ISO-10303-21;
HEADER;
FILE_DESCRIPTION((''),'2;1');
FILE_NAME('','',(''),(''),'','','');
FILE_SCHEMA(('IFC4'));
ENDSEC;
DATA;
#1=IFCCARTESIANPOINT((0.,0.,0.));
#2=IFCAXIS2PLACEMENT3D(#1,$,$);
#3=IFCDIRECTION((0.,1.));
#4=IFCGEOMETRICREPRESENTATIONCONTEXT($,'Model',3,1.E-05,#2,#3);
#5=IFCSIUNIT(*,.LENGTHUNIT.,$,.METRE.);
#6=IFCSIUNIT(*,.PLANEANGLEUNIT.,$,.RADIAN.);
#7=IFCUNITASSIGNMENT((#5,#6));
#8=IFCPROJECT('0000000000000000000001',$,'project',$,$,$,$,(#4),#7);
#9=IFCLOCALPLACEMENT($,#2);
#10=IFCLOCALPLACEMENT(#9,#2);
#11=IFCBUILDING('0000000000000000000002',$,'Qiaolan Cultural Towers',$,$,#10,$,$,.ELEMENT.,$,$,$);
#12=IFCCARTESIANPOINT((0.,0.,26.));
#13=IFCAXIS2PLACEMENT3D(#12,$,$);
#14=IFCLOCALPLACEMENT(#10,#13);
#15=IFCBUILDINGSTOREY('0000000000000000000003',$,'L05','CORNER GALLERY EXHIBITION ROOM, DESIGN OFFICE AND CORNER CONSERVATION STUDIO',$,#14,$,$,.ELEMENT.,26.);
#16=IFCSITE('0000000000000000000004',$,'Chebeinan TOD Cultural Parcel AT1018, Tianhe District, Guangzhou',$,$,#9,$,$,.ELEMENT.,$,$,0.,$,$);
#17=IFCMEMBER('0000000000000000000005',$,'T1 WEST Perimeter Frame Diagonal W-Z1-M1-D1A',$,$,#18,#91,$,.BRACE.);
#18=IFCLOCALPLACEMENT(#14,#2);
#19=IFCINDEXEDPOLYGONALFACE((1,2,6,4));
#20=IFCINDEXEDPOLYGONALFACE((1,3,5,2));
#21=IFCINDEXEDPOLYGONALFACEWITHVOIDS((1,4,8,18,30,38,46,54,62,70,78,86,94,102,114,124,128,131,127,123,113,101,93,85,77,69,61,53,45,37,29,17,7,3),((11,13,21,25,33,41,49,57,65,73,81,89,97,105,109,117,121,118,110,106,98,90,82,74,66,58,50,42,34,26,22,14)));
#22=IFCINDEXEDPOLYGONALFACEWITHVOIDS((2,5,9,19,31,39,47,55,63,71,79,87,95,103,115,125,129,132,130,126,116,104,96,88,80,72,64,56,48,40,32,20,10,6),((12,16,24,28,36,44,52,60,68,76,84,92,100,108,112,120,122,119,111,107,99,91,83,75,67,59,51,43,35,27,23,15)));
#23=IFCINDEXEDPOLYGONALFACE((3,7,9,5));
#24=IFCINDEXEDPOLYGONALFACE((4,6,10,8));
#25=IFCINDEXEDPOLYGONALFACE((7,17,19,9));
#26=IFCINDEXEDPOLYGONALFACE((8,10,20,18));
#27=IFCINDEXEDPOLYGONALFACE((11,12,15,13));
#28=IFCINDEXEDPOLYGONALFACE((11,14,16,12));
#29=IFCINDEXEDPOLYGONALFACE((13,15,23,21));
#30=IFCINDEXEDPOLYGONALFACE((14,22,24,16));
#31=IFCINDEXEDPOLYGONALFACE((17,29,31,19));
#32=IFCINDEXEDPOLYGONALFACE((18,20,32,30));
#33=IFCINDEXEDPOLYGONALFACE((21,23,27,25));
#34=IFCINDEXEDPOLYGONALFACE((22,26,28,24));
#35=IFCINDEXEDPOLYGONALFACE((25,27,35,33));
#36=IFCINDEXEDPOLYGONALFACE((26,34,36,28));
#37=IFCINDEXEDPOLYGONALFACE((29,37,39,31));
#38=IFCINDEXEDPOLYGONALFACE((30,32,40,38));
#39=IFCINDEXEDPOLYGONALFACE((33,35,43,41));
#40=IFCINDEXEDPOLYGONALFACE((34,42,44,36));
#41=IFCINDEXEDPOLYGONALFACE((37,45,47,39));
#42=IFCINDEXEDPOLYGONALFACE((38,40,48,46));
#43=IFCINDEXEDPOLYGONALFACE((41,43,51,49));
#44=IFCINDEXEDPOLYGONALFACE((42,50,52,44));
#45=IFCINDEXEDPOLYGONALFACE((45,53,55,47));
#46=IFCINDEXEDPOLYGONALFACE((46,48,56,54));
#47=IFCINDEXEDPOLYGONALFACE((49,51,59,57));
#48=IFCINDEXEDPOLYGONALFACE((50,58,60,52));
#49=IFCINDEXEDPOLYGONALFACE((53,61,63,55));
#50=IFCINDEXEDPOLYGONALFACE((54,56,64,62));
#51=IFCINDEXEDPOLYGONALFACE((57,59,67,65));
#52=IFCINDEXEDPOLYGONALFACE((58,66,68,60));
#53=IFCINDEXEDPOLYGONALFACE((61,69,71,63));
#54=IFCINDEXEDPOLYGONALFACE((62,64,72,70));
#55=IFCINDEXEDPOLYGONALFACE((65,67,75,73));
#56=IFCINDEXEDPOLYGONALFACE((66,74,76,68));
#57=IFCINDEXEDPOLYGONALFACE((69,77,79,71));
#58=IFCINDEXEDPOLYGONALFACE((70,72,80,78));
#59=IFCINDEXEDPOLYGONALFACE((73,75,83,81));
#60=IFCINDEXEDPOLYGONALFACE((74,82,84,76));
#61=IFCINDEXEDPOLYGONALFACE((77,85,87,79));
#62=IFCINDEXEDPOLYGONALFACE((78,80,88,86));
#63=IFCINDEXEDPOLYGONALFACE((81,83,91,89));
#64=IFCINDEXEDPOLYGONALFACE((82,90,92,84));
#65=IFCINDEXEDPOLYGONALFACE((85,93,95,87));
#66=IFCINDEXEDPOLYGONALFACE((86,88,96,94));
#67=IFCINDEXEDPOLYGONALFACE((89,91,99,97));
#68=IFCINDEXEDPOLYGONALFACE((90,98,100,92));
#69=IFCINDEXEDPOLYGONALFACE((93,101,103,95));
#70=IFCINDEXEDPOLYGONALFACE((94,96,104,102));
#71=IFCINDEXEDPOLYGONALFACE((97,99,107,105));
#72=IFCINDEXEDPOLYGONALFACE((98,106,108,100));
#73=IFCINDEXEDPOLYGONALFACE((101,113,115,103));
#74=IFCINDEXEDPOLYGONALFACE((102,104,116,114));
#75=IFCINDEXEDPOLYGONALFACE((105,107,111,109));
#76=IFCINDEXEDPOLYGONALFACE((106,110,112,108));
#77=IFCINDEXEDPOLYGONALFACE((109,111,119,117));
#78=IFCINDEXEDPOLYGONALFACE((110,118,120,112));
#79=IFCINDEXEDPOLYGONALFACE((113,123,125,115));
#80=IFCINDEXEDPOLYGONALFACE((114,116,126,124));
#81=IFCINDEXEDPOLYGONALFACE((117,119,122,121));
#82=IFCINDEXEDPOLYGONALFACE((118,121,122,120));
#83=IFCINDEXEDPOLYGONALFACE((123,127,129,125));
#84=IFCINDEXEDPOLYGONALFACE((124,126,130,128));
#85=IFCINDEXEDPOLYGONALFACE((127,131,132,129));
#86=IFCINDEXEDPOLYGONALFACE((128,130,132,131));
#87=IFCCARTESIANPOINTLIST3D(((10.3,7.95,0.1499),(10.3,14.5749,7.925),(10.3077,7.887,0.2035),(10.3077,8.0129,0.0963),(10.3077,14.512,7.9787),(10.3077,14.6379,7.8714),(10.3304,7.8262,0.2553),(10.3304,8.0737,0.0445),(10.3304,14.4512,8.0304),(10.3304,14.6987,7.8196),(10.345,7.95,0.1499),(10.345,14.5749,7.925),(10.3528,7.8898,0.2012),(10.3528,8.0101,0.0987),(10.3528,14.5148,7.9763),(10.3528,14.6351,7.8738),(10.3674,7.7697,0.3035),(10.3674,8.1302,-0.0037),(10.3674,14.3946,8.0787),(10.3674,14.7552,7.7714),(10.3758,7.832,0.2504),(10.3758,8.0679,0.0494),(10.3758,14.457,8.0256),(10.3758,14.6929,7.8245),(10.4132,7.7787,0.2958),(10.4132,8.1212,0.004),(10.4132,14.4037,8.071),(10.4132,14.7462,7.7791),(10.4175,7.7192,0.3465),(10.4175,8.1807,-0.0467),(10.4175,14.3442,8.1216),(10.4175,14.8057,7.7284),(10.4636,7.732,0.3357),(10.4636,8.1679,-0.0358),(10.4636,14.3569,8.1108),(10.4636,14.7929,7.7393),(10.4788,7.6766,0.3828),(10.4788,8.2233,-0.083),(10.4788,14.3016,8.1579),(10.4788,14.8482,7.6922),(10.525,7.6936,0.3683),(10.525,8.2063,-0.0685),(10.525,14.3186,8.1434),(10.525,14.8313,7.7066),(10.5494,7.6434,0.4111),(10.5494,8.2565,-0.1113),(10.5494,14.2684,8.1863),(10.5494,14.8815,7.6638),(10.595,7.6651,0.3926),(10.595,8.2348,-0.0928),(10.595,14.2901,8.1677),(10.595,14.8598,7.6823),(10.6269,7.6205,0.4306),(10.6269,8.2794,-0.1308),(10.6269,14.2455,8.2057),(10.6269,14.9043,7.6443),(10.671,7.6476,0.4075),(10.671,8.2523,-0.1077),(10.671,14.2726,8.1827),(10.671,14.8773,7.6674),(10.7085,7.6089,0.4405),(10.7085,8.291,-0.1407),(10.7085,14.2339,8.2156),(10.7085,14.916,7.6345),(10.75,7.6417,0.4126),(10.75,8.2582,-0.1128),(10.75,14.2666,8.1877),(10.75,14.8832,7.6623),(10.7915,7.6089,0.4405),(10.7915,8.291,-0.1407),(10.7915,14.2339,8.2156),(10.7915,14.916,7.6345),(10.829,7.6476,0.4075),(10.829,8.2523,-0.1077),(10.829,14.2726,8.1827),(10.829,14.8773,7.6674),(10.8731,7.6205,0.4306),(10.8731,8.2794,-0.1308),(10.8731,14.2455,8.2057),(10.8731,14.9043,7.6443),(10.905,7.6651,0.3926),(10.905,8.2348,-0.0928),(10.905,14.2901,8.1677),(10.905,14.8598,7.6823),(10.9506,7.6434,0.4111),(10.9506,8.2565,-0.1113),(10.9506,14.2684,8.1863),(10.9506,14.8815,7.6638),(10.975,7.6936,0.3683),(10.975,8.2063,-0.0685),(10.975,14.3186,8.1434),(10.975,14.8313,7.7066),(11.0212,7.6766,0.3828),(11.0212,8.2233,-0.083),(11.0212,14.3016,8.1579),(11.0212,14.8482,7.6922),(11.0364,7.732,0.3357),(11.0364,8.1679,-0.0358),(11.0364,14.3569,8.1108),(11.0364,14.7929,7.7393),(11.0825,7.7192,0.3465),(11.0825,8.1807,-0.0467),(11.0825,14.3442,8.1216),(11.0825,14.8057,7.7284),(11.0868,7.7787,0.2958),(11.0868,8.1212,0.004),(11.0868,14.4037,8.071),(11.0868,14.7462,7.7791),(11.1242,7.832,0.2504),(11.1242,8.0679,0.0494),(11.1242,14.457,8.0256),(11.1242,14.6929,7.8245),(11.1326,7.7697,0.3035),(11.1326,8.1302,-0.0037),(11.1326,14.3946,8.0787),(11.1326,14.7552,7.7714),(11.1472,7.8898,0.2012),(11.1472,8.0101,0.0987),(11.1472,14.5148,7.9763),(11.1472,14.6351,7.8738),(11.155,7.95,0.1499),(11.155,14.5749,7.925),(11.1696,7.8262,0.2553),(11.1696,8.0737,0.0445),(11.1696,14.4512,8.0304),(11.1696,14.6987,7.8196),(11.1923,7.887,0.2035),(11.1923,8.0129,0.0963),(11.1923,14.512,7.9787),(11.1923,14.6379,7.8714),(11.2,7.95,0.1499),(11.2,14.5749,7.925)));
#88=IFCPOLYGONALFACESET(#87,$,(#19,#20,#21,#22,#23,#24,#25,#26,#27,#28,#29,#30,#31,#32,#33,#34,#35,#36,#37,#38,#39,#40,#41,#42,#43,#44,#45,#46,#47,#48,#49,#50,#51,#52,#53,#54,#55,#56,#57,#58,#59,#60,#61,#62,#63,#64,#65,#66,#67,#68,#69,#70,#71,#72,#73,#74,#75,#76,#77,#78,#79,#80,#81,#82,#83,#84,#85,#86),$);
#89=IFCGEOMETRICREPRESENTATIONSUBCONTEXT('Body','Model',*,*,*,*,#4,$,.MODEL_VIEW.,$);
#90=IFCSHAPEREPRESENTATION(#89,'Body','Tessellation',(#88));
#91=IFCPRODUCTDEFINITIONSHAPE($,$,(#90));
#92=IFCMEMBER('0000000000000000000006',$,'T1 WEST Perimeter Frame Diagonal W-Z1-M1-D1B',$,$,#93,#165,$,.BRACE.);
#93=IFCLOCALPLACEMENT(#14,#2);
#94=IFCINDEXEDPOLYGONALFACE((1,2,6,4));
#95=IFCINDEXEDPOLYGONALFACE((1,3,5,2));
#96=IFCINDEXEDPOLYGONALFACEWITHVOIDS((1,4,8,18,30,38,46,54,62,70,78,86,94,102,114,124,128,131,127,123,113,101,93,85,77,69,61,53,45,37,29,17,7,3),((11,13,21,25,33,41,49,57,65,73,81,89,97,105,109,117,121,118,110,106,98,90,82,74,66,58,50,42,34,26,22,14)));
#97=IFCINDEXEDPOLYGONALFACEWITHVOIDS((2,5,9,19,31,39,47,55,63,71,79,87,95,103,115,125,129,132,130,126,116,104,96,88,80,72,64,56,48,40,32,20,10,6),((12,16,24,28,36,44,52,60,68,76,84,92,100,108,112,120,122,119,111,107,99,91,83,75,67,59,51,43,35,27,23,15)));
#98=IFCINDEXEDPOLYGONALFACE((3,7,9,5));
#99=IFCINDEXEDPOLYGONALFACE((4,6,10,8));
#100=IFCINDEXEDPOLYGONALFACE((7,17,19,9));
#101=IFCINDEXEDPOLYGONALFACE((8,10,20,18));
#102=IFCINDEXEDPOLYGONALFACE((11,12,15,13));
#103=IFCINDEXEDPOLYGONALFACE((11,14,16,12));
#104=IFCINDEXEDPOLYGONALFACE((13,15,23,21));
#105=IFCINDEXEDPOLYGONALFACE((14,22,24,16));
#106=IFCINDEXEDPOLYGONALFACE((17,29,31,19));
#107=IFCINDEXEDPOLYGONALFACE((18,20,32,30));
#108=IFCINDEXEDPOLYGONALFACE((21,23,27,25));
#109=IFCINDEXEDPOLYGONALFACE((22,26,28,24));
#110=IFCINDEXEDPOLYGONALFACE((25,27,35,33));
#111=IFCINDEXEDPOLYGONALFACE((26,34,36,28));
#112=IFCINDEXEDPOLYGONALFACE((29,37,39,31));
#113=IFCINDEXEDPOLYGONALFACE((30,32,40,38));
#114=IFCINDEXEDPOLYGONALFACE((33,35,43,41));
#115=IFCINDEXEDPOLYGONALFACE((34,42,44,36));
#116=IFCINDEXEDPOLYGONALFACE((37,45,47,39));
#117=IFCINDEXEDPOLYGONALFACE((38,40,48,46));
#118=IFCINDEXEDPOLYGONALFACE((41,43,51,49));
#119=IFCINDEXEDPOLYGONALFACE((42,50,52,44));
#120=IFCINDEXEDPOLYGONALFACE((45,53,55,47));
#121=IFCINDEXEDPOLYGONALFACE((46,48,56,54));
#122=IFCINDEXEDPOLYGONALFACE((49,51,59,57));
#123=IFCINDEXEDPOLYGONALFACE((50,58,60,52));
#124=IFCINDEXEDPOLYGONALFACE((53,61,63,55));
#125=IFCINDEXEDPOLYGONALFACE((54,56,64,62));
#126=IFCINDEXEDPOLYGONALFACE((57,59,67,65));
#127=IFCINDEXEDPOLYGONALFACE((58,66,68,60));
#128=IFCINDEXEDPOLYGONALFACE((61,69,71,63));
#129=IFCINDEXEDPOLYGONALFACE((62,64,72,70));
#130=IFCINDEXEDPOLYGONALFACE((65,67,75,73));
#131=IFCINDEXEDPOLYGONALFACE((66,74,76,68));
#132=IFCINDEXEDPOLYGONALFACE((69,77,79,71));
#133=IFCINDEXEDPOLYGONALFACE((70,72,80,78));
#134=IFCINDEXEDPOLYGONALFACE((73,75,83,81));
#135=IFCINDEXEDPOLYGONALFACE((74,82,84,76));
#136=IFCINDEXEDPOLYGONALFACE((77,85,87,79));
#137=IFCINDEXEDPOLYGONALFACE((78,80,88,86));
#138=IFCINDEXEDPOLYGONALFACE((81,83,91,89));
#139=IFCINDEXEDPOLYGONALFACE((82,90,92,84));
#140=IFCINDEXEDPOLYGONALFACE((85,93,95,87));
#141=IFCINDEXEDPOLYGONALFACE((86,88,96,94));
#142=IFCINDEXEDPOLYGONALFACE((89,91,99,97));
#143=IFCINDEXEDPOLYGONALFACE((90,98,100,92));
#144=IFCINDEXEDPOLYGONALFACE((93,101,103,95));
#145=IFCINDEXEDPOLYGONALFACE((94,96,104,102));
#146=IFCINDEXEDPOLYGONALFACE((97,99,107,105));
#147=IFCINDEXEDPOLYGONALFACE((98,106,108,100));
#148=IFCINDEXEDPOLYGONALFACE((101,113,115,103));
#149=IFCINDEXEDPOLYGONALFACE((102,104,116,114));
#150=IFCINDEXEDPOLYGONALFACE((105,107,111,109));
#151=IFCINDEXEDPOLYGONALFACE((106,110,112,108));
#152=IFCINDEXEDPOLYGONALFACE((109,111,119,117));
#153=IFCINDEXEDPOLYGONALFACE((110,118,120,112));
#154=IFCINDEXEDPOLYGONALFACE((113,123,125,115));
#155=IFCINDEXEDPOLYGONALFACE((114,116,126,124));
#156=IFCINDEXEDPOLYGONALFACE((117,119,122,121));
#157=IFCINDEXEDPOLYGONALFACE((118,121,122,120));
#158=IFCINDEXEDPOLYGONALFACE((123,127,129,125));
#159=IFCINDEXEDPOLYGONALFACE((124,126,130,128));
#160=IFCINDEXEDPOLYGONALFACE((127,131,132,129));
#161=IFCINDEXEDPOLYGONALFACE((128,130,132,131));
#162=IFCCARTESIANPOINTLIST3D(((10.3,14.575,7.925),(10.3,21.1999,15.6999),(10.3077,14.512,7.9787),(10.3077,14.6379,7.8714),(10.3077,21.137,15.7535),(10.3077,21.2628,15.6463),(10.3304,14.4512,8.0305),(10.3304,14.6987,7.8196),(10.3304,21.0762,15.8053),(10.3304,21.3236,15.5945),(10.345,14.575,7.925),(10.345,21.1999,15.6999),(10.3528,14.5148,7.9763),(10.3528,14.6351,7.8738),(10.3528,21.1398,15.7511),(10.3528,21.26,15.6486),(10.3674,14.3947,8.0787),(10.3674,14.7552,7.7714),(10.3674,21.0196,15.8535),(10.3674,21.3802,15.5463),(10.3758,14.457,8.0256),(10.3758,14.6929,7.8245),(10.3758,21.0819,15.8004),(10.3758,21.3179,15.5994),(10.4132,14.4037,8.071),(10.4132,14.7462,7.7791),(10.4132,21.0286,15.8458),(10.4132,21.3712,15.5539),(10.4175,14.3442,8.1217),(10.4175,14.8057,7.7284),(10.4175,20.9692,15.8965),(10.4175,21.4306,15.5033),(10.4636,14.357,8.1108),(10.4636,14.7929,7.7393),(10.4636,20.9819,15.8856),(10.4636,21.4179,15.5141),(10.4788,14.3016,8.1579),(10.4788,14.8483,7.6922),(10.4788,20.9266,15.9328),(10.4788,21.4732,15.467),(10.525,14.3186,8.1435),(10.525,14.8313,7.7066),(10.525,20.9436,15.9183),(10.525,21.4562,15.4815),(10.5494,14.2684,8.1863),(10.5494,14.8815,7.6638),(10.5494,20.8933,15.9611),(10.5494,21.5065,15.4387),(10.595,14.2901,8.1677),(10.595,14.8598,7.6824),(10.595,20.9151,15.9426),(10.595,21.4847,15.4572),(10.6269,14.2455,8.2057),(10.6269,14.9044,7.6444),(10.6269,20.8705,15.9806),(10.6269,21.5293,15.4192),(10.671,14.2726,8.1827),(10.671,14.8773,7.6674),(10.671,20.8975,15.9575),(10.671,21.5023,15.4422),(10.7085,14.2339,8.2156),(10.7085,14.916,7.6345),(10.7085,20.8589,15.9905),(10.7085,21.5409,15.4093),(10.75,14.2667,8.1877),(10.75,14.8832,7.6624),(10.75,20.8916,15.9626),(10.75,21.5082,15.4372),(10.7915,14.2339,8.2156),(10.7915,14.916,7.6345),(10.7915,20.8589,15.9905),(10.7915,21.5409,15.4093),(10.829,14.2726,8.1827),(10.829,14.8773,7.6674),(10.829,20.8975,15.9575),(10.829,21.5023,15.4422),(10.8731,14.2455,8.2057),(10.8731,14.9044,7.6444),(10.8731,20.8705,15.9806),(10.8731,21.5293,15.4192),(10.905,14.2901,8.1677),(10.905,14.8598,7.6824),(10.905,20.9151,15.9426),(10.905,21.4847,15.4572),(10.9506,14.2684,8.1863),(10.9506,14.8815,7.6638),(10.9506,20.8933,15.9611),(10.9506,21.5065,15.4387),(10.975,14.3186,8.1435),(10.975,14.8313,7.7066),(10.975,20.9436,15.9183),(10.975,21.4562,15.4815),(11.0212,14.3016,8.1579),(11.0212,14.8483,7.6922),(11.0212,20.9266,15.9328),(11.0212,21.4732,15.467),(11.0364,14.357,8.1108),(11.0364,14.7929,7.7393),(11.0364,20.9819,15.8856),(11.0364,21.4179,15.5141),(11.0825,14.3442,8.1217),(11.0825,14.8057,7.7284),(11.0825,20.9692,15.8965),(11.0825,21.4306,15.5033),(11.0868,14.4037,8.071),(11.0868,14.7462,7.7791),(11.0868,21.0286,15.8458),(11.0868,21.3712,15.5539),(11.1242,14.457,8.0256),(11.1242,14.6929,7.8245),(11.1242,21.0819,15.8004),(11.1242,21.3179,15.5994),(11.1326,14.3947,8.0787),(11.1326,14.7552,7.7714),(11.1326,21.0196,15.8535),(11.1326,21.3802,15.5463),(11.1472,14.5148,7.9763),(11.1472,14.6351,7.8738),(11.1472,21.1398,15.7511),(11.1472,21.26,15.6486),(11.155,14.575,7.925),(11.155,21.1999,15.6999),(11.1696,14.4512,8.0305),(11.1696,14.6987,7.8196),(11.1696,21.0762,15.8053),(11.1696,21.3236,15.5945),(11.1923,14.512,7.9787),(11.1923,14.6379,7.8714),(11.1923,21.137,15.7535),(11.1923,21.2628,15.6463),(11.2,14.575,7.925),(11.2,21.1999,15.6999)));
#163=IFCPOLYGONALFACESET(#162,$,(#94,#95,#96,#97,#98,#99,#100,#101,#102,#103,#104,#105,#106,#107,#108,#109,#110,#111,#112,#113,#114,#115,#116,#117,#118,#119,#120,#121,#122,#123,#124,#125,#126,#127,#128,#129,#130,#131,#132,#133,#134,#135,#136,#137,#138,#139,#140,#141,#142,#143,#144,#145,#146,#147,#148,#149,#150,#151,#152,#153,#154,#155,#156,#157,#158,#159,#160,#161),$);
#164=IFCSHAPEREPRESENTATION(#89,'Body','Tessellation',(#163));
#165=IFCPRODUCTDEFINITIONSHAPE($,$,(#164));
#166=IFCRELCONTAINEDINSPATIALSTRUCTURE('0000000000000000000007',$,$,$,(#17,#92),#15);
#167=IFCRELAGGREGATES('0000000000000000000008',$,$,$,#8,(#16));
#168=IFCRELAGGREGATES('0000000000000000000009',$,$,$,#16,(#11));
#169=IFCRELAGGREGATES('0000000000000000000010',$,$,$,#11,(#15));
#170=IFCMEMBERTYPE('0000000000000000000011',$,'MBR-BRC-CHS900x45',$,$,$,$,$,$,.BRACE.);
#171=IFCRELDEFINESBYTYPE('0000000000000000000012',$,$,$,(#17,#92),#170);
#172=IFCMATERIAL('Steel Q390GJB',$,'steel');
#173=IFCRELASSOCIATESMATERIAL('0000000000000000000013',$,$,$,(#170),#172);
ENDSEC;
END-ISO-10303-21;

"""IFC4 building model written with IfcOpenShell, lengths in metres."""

from ifc_helpers import new_model, si_unit, direction, frame, origin, origin_2d, place, context, subcontext, project, spatial, hollow_circle, extrude, material, material_profile, profile_set, type_object, element, save


model = new_model("IFC4")

# Units and contexts
model_context = context("Model", 3, precision=1e-05, world=origin(), true_north=direction((0.0, 1.0)))
body_context = subcontext(model_context, "Body", "Model", "MODEL_VIEW")
ifc_project = project(units=[si_unit("LENGTHUNIT", "METRE"), si_unit("PLANEANGLEUNIT", "RADIAN")], contexts=[model_context])

# Site, building, storey
site_placement = place(None, origin())
site = spatial("IfcSite", under=ifc_project, at=site_placement, Name="Chebeinan TOD Cultural Parcel AT1018, Tianhe District, Guangzhou", CompositionType="ELEMENT", RefElevation=0.0)
building_placement = place(site_placement, origin())
building = spatial("IfcBuilding", under=site, at=building_placement, Name="Qiaolan Cultural Towers", CompositionType="ELEMENT")
storey_placement = place(building_placement, frame((0.0, 0.0, 26.0)))
storey = spatial("IfcBuildingStorey", under=building, at=storey_placement, Name="L05", Description="CORNER GALLERY EXHIBITION ROOM, DESIGN OFFICE AND CORNER CONSERVATION STUDIO", CompositionType="ELEMENT", Elevation=26.0)

# Members
ifc_material_1 = material(Name="Steel Q390GJB", Category="steel")
ifc_material_profile = material_profile(ifc_material_1, hollow_circle(Radius=0.45, WallThickness=0.0449, at=origin_2d()), Name="CHS900x45")
ifc_profile_set = profile_set([ifc_material_profile], Name="Steel Q390GJB")
member_type = type_object("IfcMemberType", Name="MBR-BRC-CHS900x45", PredefinedType="BRACE", material=ifc_profile_set)
member_1_placement = place(storey_placement, frame((10.75, 7.95, 0.1499), z_axis=(0.0, 0.648564, 0.76116), x_axis=(-1.0, 0.0, 0.0)))
element("IfcMember", 1, at=member_1_placement, inside=storey, type_object=member_type, Name="T1 WEST Perimeter Frame Diagonal W-Z1-M1-D1A", PredefinedType="BRACE", context=body_context, shape_type="SweptSolid", body=[
    extrude(hollow_circle(Radius=0.45, WallThickness=0.0449, at=origin_2d()), origin(), (0.0, 0.0, 1.0), 10.2148),
])
member_2_placement = place(storey_placement, frame((10.75, 14.575, 7.925), z_axis=(0.0, 0.648576, 0.76115), x_axis=(-1.0, 0.0, 0.0)))
element("IfcMember", 2, at=member_2_placement, inside=storey, type_object=member_type, Name="T1 WEST Perimeter Frame Diagonal W-Z1-M1-D1B", PredefinedType="BRACE", context=body_context, shape_type="SweptSolid", body=[
    extrude(hollow_circle(Radius=0.45, WallThickness=0.0449, at=origin_2d()), origin(), (0.0, 0.0, 1.0), 10.2146),
])

save(model, "model.ifc")
